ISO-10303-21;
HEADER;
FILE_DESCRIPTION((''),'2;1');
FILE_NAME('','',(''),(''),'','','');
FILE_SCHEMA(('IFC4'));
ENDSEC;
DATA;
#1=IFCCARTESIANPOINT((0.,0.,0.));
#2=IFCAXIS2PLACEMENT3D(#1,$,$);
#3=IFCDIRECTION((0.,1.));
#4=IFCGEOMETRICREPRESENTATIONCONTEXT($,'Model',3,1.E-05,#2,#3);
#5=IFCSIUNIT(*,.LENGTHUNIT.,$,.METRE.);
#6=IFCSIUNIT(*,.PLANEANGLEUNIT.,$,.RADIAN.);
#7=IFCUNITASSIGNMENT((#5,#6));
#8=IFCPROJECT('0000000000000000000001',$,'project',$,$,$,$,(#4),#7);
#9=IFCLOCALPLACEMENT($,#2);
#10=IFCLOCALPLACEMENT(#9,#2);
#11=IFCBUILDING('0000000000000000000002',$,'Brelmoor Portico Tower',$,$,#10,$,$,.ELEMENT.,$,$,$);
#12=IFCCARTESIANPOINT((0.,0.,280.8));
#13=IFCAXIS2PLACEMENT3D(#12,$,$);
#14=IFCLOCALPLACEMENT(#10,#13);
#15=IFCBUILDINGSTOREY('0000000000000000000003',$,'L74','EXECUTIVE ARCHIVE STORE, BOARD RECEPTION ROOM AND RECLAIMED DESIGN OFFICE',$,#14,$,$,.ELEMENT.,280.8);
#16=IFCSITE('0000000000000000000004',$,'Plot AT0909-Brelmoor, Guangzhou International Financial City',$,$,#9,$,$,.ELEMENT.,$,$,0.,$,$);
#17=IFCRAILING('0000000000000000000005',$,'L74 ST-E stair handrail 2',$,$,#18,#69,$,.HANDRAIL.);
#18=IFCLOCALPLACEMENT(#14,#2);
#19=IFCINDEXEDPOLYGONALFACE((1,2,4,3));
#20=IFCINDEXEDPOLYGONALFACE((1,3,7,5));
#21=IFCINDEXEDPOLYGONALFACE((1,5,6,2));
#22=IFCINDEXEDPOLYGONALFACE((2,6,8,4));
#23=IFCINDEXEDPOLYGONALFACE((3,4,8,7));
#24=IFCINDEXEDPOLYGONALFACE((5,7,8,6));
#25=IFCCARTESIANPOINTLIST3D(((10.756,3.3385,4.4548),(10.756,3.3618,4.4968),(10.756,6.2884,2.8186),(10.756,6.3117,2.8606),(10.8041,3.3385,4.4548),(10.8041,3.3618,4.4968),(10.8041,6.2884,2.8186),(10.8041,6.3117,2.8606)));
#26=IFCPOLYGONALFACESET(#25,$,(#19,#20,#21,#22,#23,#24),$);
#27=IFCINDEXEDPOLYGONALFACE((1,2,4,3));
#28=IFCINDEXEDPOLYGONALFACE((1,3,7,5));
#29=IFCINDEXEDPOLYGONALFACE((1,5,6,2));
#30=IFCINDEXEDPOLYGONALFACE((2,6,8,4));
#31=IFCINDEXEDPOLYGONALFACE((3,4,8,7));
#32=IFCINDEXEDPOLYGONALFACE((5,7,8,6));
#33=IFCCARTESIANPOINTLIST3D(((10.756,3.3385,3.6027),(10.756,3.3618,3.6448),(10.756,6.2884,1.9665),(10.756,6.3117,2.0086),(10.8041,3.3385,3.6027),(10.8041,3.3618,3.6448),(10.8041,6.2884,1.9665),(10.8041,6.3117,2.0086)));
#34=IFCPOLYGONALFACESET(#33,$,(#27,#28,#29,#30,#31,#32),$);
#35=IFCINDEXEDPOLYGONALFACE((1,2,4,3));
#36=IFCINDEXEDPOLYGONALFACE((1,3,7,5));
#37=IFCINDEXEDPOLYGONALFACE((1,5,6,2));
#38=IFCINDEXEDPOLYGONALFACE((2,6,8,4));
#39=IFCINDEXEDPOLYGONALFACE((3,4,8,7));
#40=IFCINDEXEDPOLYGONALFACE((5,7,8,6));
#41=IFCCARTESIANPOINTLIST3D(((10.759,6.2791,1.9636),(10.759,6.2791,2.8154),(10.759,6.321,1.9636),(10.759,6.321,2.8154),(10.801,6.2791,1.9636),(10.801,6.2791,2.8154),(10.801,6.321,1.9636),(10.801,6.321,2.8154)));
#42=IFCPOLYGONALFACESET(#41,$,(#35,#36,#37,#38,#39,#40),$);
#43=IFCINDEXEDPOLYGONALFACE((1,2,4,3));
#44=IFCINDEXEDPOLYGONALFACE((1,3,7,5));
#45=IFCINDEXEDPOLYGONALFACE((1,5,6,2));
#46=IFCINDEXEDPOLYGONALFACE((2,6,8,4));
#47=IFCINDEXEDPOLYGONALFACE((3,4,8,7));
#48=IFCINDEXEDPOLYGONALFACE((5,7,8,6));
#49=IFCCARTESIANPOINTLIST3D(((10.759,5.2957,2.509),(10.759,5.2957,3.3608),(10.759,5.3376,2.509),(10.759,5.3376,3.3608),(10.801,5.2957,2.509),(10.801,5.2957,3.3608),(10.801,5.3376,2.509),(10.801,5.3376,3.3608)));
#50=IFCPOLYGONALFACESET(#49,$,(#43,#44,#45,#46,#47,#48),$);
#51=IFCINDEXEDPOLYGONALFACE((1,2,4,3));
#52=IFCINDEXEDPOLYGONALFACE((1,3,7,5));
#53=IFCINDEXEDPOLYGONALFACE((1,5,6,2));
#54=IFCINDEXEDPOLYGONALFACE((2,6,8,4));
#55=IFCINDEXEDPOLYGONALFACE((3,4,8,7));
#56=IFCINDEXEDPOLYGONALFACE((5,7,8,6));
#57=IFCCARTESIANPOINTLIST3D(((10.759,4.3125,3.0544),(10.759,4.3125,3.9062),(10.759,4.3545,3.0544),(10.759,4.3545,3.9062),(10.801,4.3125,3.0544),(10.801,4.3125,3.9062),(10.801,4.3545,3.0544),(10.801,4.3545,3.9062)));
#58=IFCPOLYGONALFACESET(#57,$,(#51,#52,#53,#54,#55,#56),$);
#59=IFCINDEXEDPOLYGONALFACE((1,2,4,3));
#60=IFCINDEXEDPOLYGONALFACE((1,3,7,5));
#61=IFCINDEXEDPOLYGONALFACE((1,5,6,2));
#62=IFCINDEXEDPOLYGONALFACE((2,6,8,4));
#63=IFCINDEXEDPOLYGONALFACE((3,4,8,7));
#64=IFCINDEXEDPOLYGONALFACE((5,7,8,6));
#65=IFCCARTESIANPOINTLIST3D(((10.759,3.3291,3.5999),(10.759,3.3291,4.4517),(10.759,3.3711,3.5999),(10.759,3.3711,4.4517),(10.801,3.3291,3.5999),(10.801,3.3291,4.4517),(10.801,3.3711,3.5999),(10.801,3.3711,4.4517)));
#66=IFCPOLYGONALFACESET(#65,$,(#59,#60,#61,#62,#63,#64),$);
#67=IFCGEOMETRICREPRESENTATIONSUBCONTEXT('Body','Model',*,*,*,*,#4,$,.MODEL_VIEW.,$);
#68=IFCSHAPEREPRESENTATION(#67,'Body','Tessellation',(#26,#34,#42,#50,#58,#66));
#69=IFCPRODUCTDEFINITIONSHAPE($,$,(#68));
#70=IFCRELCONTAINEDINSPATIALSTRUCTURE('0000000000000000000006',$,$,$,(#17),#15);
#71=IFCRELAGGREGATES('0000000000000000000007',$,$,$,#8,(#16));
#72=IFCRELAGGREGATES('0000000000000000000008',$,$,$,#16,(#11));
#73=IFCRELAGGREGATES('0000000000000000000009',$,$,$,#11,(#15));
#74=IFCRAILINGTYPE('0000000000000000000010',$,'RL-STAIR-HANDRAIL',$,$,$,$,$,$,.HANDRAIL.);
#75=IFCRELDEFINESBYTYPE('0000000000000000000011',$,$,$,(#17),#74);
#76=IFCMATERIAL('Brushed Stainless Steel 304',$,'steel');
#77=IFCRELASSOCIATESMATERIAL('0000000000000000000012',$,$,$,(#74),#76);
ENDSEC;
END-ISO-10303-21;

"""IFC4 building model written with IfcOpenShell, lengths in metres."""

from ifc_helpers import new_model, si_unit, direction, frame, origin, origin_2d, place, context, subcontext, project, spatial, rectangle, extrude, material, type_object, element, save


model = new_model("IFC4")

# Units and contexts
model_context = context("Model", 3, precision=1e-05, world=origin(), true_north=direction((0.0, 1.0)))
body_context = subcontext(model_context, "Body", "Model", "MODEL_VIEW")
ifc_project = project(units=[si_unit("LENGTHUNIT", "METRE"), si_unit("PLANEANGLEUNIT", "RADIAN")], contexts=[model_context])

# Site, building, storey
site_placement = place(None, origin())
site = spatial("IfcSite", under=ifc_project, at=site_placement, Name="Plot AT0909-Brelmoor, Guangzhou International Financial City", CompositionType="ELEMENT", RefElevation=0.0)
building_placement = place(site_placement, origin())
building = spatial("IfcBuilding", under=site, at=building_placement, Name="Brelmoor Portico Tower", CompositionType="ELEMENT")
storey_placement = place(building_placement, frame((0.0, 0.0, 280.8)))
storey = spatial("IfcBuildingStorey", under=building, at=storey_placement, Name="L74", Description="EXECUTIVE ARCHIVE STORE, BOARD RECEPTION ROOM AND RECLAIMED DESIGN OFFICE", CompositionType="ELEMENT", Elevation=280.8)

# Railing
ifc_material_1 = material(Name="Brushed Stainless Steel 304", Category="steel")
railing_type_1 = type_object("IfcRailingType", Name="RL-STAIR-HANDRAIL", PredefinedType="HANDRAIL", material=ifc_material_1)
railing_1_placement = place(storey_placement, frame((10.78, 6.3, 1.9636)))
element("IfcRailing", 1, at=railing_1_placement, inside=storey, type_object=railing_type_1, Name="L74 ST-E stair handrail 2", PredefinedType="HANDRAIL", context=body_context, shape_type="SweptSolid", body=[
    extrude(rectangle(XDim=0.0481, YDim=0.0481, at=origin_2d()), frame((0.0, 0.0, 0.876), z_axis=(0.0, -0.874488, 0.485047), x_axis=(1.0, 0.0, 0.0)), (0.0, 0.0, 1.0), 3.3733),
    extrude(rectangle(XDim=0.0481, YDim=0.0481, at=origin_2d()), frame((0.0, 0.0, 0.0239), z_axis=(0.0, -0.874488, 0.485047), x_axis=(1.0, 0.0, 0.0)), (0.0, 0.0, 1.0), 3.3733),
    extrude(rectangle(XDim=0.042, YDim=0.042, at=origin_2d()), origin(), (0.0, 0.0, 1.0), 0.8518),
    extrude(rectangle(XDim=0.042, YDim=0.042, at=origin_2d()), frame((0.0, -0.9834, 0.5454)), (0.0, 0.0, 1.0), 0.8518),
    extrude(rectangle(XDim=0.042, YDim=0.042, at=origin_2d()), frame((0.0, -1.9666, 1.0908)), (0.0, 0.0, 1.0), 0.8518),
    extrude(rectangle(XDim=0.042, YDim=0.042, at=origin_2d()), frame((0.0, -2.95, 1.6362)), (0.0, 0.0, 1.0), 0.8518),
])

save(model, "model.ifc")
